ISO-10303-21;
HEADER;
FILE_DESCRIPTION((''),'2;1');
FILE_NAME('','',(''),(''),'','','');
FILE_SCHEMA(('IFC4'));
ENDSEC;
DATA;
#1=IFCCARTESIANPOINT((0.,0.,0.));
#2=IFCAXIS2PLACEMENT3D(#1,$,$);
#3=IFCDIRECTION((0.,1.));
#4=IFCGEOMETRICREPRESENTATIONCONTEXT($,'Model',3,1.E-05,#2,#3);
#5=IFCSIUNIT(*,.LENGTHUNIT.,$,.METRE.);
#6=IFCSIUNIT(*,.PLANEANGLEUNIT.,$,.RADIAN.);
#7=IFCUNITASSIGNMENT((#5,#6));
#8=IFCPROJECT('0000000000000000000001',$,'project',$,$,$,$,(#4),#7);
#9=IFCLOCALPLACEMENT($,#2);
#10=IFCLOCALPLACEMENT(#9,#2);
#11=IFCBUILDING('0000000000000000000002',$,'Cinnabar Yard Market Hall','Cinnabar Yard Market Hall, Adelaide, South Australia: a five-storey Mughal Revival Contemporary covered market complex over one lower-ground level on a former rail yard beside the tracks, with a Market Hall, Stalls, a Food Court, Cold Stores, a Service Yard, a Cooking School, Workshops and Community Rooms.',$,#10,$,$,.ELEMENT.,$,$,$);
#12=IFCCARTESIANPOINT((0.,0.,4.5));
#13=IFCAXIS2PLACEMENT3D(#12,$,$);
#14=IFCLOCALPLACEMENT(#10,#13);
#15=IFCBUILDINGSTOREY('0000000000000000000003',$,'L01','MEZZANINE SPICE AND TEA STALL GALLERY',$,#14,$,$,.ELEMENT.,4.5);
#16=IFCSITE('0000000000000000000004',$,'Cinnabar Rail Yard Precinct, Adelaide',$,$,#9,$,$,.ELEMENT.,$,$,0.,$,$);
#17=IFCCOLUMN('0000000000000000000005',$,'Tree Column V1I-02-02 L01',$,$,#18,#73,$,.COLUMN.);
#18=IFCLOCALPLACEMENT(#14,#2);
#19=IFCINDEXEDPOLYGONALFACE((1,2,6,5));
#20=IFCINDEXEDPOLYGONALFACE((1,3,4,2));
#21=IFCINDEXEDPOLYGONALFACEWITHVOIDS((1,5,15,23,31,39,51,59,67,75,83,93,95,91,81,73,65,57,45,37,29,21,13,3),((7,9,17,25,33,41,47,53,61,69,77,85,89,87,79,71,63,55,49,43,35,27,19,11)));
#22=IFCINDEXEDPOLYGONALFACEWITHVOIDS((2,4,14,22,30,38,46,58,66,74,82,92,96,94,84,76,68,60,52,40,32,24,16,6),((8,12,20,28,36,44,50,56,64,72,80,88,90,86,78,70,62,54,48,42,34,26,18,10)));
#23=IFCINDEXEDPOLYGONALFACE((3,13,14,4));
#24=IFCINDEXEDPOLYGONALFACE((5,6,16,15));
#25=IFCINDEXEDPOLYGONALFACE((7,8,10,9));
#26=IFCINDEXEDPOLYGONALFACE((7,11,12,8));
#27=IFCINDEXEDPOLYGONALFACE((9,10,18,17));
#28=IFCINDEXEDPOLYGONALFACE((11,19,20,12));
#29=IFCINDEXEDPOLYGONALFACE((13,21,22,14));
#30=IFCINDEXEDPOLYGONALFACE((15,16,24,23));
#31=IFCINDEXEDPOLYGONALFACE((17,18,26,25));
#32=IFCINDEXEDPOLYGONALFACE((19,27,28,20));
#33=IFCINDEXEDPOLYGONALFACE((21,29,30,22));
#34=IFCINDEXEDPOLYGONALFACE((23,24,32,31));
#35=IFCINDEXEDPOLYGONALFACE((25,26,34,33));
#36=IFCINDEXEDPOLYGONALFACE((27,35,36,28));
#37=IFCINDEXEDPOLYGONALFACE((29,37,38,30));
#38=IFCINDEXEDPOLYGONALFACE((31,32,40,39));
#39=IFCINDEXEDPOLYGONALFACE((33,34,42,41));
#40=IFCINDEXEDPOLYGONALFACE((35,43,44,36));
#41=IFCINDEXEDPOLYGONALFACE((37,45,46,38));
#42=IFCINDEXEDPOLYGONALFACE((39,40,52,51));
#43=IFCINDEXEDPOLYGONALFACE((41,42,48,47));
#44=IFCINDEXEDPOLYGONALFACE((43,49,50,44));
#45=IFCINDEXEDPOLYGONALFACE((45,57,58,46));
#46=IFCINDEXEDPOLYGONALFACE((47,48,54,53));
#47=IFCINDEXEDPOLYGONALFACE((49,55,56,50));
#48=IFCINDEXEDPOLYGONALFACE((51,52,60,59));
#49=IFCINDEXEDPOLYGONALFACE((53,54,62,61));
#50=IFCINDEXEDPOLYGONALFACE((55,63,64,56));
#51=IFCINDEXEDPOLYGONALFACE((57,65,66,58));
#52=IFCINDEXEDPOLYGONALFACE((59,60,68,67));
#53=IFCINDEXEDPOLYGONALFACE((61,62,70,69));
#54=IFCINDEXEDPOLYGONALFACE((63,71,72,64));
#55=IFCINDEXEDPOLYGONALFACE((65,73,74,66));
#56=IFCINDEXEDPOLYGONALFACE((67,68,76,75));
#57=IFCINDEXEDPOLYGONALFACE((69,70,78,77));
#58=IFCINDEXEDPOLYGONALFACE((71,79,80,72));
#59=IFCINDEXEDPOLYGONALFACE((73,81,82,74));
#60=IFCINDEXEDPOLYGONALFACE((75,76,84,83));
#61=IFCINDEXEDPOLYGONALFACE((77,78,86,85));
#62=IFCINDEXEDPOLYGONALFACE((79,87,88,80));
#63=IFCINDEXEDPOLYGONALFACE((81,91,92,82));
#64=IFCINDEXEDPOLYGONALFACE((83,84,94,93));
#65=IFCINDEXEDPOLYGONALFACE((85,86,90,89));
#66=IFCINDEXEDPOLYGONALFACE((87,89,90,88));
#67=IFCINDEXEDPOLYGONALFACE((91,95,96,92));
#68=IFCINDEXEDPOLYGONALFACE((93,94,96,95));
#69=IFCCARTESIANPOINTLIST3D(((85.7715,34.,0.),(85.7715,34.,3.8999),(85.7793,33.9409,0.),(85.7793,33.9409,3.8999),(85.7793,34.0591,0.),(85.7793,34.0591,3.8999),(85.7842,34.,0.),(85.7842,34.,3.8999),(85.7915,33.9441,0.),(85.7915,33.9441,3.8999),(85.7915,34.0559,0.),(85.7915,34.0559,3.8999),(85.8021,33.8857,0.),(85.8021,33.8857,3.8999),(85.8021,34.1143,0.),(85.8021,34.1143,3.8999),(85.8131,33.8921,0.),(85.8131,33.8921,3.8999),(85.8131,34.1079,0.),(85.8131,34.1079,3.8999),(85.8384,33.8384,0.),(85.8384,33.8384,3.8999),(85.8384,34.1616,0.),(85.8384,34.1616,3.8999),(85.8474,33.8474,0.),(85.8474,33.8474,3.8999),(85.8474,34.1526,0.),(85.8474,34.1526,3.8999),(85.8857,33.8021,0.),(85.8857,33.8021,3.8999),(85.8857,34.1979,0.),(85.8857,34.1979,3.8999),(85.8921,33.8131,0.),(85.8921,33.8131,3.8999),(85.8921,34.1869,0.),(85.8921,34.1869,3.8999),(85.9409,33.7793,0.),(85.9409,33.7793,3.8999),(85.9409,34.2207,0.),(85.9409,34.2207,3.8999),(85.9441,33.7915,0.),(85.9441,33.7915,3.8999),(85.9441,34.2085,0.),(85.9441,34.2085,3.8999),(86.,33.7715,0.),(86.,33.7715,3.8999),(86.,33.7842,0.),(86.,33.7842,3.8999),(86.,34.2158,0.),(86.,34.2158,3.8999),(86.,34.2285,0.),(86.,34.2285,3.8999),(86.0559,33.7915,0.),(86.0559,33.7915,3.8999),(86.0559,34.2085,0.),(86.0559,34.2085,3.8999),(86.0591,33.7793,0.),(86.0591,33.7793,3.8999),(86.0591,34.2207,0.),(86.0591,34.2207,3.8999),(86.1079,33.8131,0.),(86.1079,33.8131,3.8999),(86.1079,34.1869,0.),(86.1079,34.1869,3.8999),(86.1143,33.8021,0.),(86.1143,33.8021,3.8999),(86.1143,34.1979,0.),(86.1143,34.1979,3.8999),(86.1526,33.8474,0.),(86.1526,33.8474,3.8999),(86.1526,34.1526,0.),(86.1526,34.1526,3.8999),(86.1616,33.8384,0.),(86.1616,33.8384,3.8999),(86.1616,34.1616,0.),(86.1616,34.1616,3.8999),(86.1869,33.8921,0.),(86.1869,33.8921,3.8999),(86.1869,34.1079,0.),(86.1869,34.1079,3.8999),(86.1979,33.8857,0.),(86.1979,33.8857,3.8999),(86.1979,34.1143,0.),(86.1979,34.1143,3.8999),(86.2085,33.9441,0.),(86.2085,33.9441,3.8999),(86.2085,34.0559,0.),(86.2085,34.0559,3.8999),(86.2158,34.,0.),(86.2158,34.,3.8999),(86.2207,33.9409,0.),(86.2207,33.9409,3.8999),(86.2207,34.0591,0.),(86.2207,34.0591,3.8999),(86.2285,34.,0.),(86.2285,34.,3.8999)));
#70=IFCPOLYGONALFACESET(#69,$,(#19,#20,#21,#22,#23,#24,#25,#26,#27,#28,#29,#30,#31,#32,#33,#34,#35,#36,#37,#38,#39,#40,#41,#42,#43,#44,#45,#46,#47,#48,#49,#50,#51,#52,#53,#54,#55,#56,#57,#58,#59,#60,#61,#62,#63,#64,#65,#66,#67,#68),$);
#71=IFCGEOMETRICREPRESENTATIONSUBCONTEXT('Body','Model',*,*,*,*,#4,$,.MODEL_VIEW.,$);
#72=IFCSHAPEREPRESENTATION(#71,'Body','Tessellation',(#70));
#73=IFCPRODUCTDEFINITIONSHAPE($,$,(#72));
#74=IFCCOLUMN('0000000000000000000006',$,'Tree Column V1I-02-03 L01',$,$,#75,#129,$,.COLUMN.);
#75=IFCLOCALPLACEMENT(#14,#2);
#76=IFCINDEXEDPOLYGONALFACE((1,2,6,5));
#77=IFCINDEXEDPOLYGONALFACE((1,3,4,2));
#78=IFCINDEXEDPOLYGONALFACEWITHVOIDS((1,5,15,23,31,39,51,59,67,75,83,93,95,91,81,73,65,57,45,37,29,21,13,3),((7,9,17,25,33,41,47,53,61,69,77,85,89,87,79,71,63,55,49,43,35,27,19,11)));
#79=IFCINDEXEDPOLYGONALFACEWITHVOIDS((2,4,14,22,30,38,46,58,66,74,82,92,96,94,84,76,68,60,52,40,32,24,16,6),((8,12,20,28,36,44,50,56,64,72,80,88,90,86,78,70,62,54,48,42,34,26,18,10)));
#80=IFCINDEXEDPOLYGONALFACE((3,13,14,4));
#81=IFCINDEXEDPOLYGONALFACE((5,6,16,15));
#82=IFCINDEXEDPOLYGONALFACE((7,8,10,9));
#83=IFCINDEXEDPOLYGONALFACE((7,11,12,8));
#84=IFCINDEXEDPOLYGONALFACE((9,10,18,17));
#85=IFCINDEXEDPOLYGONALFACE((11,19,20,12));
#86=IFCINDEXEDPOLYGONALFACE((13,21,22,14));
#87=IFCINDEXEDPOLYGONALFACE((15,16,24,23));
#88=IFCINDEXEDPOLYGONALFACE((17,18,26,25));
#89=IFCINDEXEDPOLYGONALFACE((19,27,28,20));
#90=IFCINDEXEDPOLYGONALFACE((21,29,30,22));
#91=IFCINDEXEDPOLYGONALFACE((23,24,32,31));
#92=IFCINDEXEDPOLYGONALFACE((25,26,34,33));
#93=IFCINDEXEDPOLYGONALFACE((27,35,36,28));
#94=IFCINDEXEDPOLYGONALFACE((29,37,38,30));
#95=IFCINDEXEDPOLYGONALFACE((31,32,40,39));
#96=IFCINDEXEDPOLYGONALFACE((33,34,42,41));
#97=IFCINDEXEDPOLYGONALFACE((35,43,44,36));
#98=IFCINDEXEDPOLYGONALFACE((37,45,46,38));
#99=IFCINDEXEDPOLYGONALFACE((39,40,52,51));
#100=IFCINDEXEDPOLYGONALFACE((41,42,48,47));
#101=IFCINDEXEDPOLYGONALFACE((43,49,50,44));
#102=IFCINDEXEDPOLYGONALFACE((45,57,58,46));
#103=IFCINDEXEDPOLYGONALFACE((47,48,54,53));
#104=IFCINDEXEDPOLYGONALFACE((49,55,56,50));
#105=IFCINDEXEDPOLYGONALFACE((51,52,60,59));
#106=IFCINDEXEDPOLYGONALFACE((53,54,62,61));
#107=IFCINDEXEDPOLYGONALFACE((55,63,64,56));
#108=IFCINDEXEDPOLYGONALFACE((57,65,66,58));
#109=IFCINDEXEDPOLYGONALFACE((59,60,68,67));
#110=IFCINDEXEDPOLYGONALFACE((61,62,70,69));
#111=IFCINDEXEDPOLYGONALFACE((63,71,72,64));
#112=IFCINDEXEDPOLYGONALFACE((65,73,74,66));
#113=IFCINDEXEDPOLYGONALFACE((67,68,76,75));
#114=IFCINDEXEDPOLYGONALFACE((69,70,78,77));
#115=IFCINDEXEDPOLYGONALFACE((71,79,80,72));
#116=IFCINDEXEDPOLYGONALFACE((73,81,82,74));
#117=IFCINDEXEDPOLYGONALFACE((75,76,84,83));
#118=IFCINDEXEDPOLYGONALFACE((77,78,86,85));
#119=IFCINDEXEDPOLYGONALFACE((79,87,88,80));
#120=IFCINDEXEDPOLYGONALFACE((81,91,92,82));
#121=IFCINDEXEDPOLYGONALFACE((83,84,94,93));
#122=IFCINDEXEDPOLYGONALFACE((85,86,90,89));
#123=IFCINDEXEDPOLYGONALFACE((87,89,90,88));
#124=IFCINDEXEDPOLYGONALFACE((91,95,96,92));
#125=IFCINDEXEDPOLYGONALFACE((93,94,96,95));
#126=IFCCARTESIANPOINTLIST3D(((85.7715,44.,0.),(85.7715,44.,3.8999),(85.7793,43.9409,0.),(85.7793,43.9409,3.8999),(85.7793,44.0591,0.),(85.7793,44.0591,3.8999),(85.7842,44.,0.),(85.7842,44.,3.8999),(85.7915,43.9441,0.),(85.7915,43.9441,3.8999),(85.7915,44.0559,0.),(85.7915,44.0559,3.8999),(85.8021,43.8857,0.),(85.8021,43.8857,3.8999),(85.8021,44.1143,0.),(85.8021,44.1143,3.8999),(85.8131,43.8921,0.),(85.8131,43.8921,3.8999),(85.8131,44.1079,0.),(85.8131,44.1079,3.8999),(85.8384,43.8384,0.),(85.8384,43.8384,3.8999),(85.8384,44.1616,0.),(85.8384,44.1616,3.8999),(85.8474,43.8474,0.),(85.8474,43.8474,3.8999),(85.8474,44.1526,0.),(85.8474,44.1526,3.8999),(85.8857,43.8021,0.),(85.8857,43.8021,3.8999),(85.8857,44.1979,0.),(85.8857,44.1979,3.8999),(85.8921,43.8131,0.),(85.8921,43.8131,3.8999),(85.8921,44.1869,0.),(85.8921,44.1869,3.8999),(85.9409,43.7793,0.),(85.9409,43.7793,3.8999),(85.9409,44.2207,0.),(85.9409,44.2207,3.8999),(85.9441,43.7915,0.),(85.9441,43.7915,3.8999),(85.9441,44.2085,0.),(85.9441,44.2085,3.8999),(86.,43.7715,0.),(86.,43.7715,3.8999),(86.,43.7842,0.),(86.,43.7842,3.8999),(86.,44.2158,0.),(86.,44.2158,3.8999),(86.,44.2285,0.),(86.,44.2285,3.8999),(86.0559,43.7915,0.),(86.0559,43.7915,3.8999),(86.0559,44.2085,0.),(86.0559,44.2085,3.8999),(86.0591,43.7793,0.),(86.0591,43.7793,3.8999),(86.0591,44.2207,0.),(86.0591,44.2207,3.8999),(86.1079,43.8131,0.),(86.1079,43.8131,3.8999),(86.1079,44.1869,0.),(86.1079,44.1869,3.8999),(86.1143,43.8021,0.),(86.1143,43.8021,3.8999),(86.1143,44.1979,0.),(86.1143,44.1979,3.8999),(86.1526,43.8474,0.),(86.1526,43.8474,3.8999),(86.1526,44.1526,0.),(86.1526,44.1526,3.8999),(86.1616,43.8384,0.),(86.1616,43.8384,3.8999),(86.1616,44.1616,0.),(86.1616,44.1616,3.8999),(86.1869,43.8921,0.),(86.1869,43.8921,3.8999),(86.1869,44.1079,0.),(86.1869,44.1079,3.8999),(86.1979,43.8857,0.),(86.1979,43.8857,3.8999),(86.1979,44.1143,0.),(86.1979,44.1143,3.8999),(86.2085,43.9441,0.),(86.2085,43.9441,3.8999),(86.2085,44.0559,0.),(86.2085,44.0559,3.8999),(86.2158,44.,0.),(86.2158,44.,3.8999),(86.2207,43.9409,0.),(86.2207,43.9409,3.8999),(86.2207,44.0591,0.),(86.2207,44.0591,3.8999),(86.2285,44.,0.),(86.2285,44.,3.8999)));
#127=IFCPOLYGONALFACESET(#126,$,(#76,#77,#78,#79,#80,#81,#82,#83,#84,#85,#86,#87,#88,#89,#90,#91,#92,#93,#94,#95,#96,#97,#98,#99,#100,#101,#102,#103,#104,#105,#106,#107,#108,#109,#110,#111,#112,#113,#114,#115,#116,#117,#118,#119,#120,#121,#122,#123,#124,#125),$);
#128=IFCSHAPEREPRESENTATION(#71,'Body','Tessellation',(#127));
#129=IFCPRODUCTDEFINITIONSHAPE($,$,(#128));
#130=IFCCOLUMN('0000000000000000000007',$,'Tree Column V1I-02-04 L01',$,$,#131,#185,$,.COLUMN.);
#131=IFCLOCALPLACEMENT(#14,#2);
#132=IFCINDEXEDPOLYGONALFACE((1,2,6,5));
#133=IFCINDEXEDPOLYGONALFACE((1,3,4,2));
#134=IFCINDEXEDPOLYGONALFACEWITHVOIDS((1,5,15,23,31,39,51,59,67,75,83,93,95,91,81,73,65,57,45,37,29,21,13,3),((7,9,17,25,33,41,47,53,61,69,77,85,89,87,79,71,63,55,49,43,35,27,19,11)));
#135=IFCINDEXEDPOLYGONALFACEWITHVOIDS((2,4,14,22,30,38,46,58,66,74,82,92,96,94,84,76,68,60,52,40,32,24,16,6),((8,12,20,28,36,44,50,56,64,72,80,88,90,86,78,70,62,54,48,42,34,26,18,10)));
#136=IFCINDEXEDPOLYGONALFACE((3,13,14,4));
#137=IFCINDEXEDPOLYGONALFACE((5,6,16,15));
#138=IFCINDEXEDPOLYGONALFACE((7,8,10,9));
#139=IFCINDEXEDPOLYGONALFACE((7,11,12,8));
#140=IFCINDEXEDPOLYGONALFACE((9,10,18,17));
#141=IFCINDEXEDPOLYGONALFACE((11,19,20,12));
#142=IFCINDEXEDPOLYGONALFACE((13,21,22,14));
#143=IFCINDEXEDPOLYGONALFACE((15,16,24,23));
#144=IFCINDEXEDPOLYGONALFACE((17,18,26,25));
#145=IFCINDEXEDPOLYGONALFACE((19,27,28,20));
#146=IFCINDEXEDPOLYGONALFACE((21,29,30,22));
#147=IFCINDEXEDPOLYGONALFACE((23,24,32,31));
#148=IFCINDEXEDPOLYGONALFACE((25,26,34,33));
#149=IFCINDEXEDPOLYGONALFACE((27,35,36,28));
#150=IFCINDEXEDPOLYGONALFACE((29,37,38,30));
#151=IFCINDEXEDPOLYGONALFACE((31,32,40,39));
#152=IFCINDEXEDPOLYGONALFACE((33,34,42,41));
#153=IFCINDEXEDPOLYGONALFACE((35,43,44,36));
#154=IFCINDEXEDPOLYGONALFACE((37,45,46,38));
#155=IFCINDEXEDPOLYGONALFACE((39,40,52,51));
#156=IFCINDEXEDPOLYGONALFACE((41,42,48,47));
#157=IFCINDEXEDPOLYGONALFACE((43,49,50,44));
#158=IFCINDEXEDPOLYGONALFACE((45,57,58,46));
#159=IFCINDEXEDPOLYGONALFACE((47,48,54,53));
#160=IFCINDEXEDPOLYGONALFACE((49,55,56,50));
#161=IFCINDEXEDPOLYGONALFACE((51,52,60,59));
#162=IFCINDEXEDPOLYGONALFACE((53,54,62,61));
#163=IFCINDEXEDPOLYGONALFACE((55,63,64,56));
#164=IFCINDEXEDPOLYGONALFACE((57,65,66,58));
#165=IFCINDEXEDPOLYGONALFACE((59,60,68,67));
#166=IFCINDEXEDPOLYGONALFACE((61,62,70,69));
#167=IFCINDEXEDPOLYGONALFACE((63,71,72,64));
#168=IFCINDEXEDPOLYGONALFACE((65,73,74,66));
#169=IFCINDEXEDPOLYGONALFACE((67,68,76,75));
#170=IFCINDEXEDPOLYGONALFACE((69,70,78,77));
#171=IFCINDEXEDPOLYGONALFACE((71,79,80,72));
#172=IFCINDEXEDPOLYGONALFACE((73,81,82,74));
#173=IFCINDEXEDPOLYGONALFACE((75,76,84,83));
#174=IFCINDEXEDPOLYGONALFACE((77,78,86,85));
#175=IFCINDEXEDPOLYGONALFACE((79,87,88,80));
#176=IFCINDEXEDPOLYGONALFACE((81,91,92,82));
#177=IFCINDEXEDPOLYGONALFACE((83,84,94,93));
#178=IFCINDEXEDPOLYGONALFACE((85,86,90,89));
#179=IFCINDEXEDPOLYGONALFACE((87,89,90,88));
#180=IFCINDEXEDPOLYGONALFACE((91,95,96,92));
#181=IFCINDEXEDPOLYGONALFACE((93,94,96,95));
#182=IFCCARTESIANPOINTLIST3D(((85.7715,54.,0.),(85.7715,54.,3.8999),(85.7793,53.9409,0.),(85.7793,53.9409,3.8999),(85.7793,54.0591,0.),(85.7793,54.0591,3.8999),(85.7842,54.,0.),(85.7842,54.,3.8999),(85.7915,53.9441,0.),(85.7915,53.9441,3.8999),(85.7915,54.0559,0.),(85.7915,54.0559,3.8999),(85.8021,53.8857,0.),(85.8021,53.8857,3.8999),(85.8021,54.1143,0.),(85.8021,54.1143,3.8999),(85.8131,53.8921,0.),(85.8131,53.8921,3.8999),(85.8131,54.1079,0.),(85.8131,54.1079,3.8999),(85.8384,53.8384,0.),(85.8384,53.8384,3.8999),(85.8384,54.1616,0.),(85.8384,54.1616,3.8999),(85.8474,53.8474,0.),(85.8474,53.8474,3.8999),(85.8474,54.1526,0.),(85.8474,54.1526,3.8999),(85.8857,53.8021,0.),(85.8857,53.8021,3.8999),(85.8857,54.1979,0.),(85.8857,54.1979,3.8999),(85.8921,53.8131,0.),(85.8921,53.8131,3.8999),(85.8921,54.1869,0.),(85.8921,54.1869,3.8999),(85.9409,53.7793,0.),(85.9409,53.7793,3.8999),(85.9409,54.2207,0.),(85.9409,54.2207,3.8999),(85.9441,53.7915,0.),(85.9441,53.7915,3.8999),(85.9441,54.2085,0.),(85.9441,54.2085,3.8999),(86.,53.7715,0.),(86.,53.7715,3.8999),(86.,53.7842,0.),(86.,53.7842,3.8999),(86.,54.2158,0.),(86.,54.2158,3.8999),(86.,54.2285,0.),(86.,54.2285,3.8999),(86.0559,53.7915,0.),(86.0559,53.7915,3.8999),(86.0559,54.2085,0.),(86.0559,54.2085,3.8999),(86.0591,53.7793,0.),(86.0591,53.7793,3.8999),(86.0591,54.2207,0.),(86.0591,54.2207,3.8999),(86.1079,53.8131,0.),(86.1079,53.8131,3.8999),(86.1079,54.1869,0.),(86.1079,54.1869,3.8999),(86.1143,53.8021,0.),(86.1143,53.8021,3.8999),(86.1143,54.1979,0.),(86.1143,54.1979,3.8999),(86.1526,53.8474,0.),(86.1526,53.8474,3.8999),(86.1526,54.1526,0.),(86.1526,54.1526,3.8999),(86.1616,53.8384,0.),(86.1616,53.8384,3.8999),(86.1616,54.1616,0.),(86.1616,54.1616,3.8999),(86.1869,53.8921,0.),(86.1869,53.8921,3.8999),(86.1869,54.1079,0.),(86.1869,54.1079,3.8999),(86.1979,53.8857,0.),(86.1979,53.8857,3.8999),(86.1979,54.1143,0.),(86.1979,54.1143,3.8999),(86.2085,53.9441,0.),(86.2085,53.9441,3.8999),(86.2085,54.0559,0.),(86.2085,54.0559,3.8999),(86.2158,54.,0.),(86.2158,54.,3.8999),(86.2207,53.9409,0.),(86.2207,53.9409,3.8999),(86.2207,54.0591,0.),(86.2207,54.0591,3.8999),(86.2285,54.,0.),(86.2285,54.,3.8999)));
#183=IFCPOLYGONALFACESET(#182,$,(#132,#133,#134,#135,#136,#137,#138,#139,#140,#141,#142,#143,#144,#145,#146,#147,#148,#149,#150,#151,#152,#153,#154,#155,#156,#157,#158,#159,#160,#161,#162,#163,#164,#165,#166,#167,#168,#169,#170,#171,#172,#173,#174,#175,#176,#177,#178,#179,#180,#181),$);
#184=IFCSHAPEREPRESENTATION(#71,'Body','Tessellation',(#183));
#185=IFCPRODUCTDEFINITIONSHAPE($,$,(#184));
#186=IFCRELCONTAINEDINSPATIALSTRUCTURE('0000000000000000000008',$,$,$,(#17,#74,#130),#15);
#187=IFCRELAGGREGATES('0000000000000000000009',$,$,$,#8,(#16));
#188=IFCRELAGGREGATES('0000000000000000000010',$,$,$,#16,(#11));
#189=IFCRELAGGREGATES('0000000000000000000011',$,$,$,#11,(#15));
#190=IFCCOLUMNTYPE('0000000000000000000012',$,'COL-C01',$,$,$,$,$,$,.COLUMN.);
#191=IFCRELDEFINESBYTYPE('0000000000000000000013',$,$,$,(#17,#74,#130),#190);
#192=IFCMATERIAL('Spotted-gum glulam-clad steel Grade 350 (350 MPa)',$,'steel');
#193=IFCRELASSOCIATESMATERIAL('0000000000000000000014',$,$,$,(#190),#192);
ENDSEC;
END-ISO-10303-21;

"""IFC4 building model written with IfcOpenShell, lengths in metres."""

from ifc_helpers import new_model, si_unit, direction, frame, origin, origin_2d_with_axis, place, context, subcontext, project, spatial, hollow_circle, extrude, material, material_profile, profile_set, type_object, element, save


model = new_model("IFC4")

# Units and contexts
model_context = context("Model", 3, precision=1e-05, world=origin(), true_north=direction((0.0, 1.0)))
body_context = subcontext(model_context, "Body", "Model", "MODEL_VIEW")
ifc_project = project(units=[si_unit("LENGTHUNIT", "METRE"), si_unit("PLANEANGLEUNIT", "RADIAN")], contexts=[model_context])

# Site, building, storey
site_placement = place(None, origin())
site = spatial("IfcSite", under=ifc_project, at=site_placement, Name="Cinnabar Rail Yard Precinct, Adelaide", CompositionType="ELEMENT", RefElevation=0.0)
building_placement = place(site_placement, origin())
building = spatial("IfcBuilding", under=site, at=building_placement, Name="Cinnabar Yard Market Hall", Description="Cinnabar Yard Market Hall, Adelaide, South Australia: a five-storey Mughal Revival Contemporary covered market complex over one lower-ground level on a former rail yard beside the tracks, with a Market Hall, Stalls, a Food Court, Cold Stores, a Service Yard, a Cooking School, Workshops and Community Rooms.", CompositionType="ELEMENT")
storey_placement = place(building_placement, frame((0.0, 0.0, 4.5)))
storey = spatial("IfcBuildingStorey", under=building, at=storey_placement, Name="L01", Description="MEZZANINE SPICE AND TEA STALL GALLERY", CompositionType="ELEMENT", Elevation=4.5)

# Columns
ifc_material_1 = material(Name="Spotted-gum glulam-clad steel Grade 350 (350 MPa)", Category="steel")
ifc_material_profile_1 = material_profile(ifc_material_1, hollow_circle(Radius=0.2285, WallThickness=0.0127, at=origin_2d_with_axis()), Name="457.0x12.7CHS")
ifc_profile_set_1 = profile_set([ifc_material_profile_1], Name="Spotted-gum glulam-clad steel Grade 350 (350 MPa)")
column_type = type_object("IfcColumnType", Name="COL-C01", PredefinedType="COLUMN", material=ifc_profile_set_1)
for number, where, z_axis, x_axis, name in (
    (1, (86.0, 34.0, 0.0), (0.0, 0.0, 1.0), (1.0, 0.0, 0.0), "Tree Column V1I-02-02 L01"),
    (2, (86.0, 44.0, 0.0), (0.0, 0.0, 1.0), (1.0, 0.0, 0.0), "Tree Column V1I-02-03 L01"),
    (3, (86.0, 54.0, 0.0), (0.0, 0.0, 1.0), (1.0, 0.0, 0.0), "Tree Column V1I-02-04 L01"),
):
    element("IfcColumn", number, at=place(storey_placement, frame(where, z_axis=z_axis, x_axis=x_axis)), inside=storey, type_object=column_type, Name=name, PredefinedType="COLUMN", context=body_context, shape_type="SweptSolid", body=[
        extrude(hollow_circle(Radius=0.2285, WallThickness=0.0127, at=origin_2d_with_axis()), origin(), (0.0, 0.0, 1.0), 3.8999),
    ])

save(model, "model.ifc")
